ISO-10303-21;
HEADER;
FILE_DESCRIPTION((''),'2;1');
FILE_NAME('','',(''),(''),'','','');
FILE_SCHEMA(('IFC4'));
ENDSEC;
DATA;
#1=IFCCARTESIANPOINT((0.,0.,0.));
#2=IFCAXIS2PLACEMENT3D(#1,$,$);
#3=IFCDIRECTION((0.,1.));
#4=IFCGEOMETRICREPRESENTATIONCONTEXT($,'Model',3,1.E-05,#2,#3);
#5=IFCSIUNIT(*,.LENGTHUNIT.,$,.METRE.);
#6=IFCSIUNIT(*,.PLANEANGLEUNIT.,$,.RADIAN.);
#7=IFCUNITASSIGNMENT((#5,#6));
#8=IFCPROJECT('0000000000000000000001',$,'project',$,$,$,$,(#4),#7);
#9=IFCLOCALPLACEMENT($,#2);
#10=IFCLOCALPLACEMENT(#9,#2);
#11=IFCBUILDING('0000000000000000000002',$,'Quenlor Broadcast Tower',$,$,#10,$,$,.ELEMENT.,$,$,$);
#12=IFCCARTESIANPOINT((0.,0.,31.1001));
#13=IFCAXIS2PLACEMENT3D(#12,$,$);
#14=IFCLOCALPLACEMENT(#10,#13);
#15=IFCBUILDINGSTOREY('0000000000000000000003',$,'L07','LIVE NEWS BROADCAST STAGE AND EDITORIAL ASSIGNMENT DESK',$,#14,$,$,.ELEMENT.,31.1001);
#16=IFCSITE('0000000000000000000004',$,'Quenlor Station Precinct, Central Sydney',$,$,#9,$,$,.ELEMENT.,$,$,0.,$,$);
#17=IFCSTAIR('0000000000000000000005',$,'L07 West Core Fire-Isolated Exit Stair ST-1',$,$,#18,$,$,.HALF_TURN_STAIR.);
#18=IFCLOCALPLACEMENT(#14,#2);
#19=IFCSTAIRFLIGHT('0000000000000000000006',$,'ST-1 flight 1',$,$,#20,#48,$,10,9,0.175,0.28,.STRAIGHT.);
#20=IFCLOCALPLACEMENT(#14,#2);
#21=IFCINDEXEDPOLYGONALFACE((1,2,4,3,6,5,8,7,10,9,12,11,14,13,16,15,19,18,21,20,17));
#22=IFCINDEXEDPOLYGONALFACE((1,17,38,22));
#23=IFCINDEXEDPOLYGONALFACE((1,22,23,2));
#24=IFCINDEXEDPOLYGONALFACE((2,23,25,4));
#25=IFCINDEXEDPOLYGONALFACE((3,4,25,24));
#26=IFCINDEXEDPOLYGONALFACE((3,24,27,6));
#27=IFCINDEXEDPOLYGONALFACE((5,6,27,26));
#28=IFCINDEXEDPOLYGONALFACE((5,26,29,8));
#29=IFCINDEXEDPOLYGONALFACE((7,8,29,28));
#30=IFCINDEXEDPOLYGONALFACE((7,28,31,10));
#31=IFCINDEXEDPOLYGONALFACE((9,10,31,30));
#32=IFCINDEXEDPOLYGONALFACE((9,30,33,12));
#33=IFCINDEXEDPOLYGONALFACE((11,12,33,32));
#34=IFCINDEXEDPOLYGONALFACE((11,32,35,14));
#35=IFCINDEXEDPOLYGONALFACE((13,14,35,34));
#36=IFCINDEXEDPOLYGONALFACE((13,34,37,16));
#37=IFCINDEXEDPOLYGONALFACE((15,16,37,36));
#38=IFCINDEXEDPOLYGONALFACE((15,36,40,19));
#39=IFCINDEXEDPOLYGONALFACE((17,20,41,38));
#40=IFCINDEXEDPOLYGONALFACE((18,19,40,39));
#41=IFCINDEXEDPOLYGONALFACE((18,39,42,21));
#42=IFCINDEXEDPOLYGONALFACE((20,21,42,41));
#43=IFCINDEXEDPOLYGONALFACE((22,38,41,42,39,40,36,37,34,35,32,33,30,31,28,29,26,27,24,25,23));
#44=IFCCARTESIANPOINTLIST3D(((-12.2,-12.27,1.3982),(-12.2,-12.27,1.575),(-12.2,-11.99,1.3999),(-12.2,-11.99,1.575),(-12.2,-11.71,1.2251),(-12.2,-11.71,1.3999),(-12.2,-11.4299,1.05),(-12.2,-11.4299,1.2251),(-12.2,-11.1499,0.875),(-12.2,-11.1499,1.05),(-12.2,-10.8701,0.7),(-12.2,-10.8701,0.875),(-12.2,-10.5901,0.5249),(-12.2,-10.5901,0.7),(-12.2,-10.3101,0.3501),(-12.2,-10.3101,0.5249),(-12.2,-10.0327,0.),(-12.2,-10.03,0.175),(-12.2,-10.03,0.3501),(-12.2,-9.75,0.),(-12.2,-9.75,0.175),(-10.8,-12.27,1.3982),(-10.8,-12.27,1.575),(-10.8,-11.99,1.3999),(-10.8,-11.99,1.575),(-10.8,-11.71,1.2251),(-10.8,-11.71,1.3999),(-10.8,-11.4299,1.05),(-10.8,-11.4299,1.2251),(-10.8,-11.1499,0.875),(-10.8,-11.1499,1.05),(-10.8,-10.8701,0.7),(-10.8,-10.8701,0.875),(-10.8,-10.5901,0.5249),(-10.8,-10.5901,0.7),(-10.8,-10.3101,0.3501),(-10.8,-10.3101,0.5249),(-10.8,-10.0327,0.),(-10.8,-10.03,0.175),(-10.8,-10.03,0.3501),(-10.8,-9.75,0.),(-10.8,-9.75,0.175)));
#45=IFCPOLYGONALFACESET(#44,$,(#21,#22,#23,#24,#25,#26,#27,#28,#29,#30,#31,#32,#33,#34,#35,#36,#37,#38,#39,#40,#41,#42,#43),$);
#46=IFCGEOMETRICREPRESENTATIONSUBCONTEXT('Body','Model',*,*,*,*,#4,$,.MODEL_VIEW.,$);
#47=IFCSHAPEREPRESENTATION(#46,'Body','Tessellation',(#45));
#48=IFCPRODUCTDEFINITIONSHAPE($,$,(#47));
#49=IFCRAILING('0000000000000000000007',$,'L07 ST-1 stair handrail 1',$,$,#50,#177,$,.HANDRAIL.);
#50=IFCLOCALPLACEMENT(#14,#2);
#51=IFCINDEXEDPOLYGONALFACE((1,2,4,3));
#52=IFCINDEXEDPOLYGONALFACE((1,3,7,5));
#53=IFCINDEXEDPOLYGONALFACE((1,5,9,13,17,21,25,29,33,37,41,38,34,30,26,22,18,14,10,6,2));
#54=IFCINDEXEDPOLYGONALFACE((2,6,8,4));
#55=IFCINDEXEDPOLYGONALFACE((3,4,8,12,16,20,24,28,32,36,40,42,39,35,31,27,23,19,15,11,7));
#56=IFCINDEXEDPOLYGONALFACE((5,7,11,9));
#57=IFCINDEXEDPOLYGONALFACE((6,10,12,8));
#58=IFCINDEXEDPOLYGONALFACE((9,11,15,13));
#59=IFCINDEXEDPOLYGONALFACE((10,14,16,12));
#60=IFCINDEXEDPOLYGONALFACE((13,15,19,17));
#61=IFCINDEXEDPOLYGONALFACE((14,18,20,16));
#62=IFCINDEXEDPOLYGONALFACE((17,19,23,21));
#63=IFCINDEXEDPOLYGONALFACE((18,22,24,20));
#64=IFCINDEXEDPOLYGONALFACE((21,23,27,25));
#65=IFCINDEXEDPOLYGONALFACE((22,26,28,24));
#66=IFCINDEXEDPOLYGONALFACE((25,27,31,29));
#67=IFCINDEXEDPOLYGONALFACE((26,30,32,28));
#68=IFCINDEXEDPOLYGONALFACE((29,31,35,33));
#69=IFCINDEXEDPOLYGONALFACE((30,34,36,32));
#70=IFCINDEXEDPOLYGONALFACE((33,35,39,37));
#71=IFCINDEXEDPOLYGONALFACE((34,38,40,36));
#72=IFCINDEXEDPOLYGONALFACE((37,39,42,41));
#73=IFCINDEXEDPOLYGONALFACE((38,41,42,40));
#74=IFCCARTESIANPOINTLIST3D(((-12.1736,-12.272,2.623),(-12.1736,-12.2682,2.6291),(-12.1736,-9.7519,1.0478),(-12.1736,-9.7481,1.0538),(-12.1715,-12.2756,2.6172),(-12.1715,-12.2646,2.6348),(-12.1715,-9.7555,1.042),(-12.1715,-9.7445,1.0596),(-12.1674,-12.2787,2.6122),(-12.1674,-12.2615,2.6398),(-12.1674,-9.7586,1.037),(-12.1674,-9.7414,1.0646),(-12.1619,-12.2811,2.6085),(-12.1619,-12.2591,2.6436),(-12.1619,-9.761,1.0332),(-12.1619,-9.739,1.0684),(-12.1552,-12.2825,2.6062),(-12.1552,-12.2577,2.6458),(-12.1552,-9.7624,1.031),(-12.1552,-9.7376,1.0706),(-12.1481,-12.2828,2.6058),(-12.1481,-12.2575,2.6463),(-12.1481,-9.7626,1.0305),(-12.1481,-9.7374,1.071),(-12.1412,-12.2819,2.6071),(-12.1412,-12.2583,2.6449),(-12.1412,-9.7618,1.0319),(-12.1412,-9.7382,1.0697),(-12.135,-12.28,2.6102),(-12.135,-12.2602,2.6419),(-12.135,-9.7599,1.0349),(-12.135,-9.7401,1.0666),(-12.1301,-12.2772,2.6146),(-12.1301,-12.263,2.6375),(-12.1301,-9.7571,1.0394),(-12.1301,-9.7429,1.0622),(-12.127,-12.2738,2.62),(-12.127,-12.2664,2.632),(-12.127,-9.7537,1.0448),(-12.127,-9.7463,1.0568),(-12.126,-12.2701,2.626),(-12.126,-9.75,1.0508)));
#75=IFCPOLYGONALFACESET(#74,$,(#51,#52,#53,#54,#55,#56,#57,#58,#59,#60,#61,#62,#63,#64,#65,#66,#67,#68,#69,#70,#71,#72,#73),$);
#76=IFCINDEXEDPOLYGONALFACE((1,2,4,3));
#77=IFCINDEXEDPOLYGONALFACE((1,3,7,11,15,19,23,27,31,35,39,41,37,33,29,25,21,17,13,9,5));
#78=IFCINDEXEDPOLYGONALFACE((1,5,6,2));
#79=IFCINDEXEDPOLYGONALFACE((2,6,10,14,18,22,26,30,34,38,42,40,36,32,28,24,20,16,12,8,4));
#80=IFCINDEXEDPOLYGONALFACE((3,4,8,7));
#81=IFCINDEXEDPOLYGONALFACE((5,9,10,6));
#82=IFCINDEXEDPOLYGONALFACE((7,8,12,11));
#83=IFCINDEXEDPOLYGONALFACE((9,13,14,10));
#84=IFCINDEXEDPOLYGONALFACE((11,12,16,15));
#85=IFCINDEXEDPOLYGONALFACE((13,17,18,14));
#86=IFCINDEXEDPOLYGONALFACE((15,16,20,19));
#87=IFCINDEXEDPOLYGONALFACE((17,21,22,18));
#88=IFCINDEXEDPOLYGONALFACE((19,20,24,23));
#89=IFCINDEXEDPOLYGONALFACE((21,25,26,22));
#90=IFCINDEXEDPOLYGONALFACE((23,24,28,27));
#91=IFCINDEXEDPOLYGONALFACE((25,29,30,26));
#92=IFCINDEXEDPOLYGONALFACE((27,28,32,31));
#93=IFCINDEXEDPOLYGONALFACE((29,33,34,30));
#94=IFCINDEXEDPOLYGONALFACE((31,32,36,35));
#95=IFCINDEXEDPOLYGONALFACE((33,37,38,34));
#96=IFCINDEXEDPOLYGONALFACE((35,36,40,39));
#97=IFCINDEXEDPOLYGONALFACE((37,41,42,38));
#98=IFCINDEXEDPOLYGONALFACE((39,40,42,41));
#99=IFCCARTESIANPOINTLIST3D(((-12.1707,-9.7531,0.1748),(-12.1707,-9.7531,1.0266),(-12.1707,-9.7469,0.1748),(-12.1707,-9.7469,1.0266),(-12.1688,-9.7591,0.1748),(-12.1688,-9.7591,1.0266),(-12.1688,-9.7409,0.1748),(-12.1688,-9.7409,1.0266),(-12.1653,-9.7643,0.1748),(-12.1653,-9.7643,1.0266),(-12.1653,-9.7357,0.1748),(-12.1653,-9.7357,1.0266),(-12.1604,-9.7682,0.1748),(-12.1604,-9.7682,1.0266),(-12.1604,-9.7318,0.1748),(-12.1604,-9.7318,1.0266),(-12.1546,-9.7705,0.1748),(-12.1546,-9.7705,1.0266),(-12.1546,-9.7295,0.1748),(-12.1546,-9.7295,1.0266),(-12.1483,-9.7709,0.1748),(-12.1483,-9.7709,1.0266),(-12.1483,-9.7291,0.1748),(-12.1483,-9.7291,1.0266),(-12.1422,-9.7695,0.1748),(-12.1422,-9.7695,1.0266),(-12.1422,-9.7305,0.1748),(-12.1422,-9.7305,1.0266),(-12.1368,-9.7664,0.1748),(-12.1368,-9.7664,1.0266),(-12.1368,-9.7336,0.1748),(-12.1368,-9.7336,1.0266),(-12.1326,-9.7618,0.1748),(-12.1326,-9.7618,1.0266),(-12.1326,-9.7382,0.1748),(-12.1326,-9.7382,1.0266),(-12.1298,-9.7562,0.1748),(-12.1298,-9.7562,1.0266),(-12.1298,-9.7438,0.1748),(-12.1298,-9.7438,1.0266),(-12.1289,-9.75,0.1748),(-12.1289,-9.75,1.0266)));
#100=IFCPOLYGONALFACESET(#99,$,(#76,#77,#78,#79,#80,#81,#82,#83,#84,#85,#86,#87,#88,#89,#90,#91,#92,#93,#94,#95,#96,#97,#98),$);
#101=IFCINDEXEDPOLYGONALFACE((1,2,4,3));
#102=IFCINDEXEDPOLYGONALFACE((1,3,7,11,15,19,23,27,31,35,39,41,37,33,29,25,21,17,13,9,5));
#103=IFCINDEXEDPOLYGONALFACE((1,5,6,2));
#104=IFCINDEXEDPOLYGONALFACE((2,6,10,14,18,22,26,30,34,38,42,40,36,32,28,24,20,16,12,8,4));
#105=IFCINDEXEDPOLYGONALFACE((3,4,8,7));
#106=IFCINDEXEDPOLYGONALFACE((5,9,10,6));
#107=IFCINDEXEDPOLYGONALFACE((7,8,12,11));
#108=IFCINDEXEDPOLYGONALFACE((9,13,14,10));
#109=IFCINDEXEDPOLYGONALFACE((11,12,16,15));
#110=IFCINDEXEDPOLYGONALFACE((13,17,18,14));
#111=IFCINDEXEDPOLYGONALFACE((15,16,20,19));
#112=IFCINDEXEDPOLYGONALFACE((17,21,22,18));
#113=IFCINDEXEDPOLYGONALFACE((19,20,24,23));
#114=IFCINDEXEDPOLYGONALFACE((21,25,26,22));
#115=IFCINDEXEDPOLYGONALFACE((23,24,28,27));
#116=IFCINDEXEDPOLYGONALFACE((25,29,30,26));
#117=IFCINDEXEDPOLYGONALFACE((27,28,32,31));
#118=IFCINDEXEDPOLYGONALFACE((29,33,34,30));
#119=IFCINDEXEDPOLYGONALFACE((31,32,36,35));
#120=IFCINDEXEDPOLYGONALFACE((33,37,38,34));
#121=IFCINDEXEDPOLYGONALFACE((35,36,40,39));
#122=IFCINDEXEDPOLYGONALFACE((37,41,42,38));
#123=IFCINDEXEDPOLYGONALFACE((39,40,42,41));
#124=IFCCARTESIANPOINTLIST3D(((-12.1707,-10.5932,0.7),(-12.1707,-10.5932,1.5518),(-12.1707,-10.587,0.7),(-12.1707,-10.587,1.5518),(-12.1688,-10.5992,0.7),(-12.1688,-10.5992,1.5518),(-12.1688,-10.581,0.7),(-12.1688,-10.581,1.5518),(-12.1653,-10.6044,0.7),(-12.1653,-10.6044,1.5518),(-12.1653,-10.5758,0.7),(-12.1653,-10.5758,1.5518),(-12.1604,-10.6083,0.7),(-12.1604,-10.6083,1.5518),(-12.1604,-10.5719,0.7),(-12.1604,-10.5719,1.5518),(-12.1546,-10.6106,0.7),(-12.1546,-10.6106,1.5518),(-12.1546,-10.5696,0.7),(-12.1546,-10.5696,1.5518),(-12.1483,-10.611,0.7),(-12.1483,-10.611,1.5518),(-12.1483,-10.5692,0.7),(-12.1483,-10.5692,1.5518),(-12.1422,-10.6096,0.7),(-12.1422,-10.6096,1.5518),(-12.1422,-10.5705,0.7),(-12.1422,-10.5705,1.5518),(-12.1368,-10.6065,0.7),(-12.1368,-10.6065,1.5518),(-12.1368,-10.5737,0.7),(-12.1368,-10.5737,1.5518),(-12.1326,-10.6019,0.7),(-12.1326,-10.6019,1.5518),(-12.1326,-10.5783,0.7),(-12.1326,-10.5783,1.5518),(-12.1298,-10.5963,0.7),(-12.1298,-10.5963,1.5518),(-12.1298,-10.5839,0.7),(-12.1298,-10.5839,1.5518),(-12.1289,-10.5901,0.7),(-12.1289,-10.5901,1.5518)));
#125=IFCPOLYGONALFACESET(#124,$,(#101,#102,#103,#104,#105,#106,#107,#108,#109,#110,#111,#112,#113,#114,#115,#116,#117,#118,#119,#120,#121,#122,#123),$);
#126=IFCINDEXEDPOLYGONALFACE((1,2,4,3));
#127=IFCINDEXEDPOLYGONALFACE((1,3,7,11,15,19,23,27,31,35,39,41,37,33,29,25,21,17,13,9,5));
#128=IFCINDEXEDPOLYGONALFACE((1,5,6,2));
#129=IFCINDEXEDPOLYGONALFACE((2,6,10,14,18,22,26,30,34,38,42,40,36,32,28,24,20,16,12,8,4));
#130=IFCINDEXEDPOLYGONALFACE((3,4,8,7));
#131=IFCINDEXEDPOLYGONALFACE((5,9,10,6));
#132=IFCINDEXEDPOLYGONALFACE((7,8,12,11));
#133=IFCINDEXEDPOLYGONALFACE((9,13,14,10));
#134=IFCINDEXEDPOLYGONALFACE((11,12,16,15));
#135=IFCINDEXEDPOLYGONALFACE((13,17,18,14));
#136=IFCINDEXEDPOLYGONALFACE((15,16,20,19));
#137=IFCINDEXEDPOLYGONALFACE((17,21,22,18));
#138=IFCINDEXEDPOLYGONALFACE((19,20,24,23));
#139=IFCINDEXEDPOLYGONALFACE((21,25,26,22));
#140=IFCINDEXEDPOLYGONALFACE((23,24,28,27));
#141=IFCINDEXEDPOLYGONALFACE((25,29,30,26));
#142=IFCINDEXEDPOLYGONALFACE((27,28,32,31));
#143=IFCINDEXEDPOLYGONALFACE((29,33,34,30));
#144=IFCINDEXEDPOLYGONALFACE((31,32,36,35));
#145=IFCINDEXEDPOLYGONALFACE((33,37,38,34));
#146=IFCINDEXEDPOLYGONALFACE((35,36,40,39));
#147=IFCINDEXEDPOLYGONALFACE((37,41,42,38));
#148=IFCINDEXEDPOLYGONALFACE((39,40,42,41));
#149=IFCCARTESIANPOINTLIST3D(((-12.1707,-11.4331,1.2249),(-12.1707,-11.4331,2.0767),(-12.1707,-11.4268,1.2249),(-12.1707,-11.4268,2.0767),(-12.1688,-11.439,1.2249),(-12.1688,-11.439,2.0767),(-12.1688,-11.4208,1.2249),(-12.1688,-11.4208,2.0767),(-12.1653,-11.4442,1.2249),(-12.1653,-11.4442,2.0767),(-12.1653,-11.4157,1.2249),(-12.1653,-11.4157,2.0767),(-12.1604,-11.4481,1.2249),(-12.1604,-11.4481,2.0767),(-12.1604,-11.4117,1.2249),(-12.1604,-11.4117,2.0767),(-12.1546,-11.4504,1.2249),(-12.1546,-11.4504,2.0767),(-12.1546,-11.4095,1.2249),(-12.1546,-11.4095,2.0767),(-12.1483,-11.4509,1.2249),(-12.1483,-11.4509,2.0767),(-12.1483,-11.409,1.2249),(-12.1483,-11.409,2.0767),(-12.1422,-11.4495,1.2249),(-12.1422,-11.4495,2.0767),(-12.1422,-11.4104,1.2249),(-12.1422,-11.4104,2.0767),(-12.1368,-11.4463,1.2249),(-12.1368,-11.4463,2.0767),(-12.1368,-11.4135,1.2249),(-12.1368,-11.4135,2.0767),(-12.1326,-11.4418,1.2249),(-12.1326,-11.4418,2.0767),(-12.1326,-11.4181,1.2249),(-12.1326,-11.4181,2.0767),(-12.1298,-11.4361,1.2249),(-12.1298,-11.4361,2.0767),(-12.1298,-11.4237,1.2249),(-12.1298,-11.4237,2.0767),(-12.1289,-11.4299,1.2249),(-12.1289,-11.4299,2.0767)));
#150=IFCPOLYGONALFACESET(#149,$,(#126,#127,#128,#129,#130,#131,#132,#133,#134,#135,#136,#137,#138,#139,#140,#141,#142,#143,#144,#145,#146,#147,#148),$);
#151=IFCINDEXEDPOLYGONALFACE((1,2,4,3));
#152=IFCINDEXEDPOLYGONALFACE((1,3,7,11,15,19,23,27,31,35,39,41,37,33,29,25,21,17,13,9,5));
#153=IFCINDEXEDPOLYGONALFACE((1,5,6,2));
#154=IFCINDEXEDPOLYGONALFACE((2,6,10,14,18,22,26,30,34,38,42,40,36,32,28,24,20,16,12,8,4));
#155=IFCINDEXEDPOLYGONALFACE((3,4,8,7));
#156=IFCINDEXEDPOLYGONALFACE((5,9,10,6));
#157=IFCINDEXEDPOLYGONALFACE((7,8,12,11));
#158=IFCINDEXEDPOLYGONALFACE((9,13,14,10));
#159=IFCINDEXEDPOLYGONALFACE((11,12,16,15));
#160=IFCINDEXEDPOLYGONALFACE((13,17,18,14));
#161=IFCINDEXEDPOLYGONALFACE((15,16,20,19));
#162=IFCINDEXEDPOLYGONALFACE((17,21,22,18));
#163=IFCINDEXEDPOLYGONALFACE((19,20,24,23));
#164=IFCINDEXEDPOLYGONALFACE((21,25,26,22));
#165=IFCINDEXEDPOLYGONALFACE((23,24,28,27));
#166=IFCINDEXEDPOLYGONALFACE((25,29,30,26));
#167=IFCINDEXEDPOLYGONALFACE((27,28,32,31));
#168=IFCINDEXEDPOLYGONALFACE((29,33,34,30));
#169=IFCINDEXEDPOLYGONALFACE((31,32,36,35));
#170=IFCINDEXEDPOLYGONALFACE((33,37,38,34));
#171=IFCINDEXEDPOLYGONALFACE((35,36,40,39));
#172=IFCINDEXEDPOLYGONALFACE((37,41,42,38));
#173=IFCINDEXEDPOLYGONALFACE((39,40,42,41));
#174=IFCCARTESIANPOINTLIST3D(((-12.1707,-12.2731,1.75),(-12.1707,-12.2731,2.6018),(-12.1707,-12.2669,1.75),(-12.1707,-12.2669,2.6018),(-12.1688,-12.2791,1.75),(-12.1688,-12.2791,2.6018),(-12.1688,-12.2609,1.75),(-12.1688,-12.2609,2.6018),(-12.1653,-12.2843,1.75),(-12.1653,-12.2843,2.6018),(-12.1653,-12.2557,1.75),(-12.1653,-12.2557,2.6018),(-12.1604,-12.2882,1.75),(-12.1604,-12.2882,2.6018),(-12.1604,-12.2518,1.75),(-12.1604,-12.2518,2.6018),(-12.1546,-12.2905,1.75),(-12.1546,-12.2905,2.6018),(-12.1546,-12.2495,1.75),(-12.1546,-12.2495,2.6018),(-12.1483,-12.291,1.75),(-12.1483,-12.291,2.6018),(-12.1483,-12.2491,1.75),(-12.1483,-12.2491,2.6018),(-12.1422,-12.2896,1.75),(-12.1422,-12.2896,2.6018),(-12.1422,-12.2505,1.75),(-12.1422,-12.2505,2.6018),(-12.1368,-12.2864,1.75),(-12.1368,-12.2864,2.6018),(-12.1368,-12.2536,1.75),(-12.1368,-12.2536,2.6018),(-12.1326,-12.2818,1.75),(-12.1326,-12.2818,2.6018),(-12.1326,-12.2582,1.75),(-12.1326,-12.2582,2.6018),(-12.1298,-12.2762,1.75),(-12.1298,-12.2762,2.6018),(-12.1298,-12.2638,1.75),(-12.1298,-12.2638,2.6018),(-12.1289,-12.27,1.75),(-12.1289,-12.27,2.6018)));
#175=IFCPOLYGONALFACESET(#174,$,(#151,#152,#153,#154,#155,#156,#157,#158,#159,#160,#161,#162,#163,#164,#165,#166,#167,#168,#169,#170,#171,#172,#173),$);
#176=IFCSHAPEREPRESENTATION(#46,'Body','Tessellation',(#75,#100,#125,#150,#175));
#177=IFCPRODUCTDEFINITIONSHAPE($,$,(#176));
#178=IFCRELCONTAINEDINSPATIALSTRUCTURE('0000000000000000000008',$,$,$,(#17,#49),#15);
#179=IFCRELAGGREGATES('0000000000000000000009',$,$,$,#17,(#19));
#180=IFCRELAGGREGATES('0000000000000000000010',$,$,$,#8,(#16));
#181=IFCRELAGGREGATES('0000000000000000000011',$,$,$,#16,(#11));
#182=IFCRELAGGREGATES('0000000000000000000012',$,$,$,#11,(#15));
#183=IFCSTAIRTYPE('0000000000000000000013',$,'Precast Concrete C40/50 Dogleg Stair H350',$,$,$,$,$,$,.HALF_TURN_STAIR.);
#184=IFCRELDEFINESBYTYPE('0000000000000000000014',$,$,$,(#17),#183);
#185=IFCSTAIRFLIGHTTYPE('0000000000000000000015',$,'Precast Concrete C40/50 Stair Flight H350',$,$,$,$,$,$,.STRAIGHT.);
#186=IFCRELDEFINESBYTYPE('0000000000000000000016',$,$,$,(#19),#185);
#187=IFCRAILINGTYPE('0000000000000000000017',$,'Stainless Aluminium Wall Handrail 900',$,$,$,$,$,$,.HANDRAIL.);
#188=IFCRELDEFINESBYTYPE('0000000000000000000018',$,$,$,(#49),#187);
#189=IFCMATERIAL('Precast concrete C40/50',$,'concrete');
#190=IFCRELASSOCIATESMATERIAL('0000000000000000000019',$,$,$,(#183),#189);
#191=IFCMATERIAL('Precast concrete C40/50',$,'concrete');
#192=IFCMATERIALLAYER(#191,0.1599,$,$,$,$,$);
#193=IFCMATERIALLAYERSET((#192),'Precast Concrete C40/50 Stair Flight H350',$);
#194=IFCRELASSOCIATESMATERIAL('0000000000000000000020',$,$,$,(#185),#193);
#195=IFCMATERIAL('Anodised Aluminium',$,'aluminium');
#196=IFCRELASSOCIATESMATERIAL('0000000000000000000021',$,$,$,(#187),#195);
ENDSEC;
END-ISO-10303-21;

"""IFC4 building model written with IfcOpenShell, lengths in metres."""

from ifc_helpers import new_model, si_unit, direction, frame, origin, origin_2d, place, context, subcontext, project, spatial, polyline, circle, outline, extrude, material, layer, layer_set, type_object, element, aggregate, save


model = new_model("IFC4")

# Units and contexts
model_context = context("Model", 3, precision=1e-05, world=origin(), true_north=direction((0.0, 1.0)))
body_context = subcontext(model_context, "Body", "Model", "MODEL_VIEW")
ifc_project = project(units=[si_unit("LENGTHUNIT", "METRE"), si_unit("PLANEANGLEUNIT", "RADIAN")], contexts=[model_context])

# Site, building, storey
site_placement = place(None, origin())
site = spatial("IfcSite", under=ifc_project, at=site_placement, Name="Quenlor Station Precinct, Central Sydney", CompositionType="ELEMENT", RefElevation=0.0)
building_placement = place(site_placement, origin())
building = spatial("IfcBuilding", under=site, at=building_placement, Name="Quenlor Broadcast Tower", CompositionType="ELEMENT")
storey_placement = place(building_placement, frame((0.0, 0.0, 31.1001)))
storey = spatial("IfcBuildingStorey", under=building, at=storey_placement, Name="L07", Description="LIVE NEWS BROADCAST STAGE AND EDITORIAL ASSIGNMENT DESK", CompositionType="ELEMENT", Elevation=31.1001)

# Stair, stair flight
ifc_material_1 = material(Name="Precast concrete C40/50", Category="concrete")
stair_type = type_object("IfcStairType", Name="Precast Concrete C40/50 Dogleg Stair H350", PredefinedType="HALF_TURN_STAIR", material=ifc_material_1)
stair_placement = place(storey_placement, origin())
stair = element("IfcStair", 1, at=stair_placement, inside=storey, type_object=stair_type, Name="L07 West Core Fire-Isolated Exit Stair ST-1", PredefinedType="HALF_TURN_STAIR")
ifc_material_2 = material(Name="Precast concrete C40/50", Category="concrete")
ifc_layer_1 = layer(ifc_material_2, 0.1599)
ifc_layer_set_1 = layer_set([ifc_layer_1], Name="Precast Concrete C40/50 Stair Flight H350")
stair_flight_type = type_object("IfcStairFlightType", Name="Precast Concrete C40/50 Stair Flight H350", PredefinedType="STRAIGHT", material=ifc_layer_set_1)
stair_flight_placement = place(storey_placement, frame((-11.5, -9.75, 0.0), z_axis=(0.0, 0.0, 1.0), x_axis=(0.0, -1.0, 0.0)))
stair_flight = element("IfcStairFlight", 2, at=stair_flight_placement, type_object=stair_flight_type, Name="ST-1 flight 1", NumberOfRisers=10, NumberOfTreads=9, PredefinedType="STRAIGHT", RiserHeight=0.175, TreadLength=0.28, context=body_context, shape_type="SweptSolid", body=[
    extrude(outline(polyline([(0.0, 0.0), (0.0, 0.175), (0.28, 0.175), (0.28, 0.3501), (0.5601, 0.3501), (0.5601, 0.5249), (0.8401, 0.5249), (0.8401, 0.7), (1.1201, 0.7), (1.1201, 0.875), (1.3999, 0.875), (1.3999, 1.05), (1.6799, 1.05), (1.6799, 1.2251), (1.96, 1.2251), (1.96, 1.3999), (2.24, 1.3999), (2.24, 1.575), (2.52, 1.575), (2.52, 1.75), (2.52, 1.3982), (0.2827, 0.0), (0.0, 0.0)])), frame((0.0, 0.7, 0.0), z_axis=(0.0, -1.0, 0.0), x_axis=(1.0, 0.0, 0.0)), (0.0, 0.0, 1.0), 1.3999),
])
aggregate(stair, [stair_flight])

# Railing
ifc_material_3 = material(Name="Anodised Aluminium", Category="aluminium")
railing_type_1 = type_object("IfcRailingType", Name="Stainless Aluminium Wall Handrail 900", PredefinedType="HANDRAIL", material=ifc_material_3)
railing_1_placement = place(storey_placement, frame((-12.1499, -9.75, 0.1748)))
element("IfcRailing", 3, at=railing_1_placement, inside=storey, type_object=railing_type_1, Name="L07 ST-1 stair handrail 1", PredefinedType="HANDRAIL", context=body_context, shape_type="SweptSolid", body=[
    extrude(circle(Radius=0.0239, at=origin_2d()), frame((0.0, 0.0, 0.876), z_axis=(0.0, -0.847971, 0.530043), x_axis=(1.0, 0.0, 0.0)), (0.0, 0.0, 1.0), 2.9719),
    extrude(circle(Radius=0.021, at=origin_2d()), origin(), (0.0, 0.0, 1.0), 0.8518),
    extrude(circle(Radius=0.021, at=origin_2d()), frame((0.0, -0.8401, 0.5251)), (0.0, 0.0, 1.0), 0.8518),
    extrude(circle(Radius=0.021, at=origin_2d()), frame((0.0, -1.6799, 1.05)), (0.0, 0.0, 1.0), 0.8518),
    extrude(circle(Radius=0.021, at=origin_2d()), frame((0.0, -2.52, 1.5752)), (0.0, 0.0, 1.0), 0.8518),
])

save(model, "model.ifc")
